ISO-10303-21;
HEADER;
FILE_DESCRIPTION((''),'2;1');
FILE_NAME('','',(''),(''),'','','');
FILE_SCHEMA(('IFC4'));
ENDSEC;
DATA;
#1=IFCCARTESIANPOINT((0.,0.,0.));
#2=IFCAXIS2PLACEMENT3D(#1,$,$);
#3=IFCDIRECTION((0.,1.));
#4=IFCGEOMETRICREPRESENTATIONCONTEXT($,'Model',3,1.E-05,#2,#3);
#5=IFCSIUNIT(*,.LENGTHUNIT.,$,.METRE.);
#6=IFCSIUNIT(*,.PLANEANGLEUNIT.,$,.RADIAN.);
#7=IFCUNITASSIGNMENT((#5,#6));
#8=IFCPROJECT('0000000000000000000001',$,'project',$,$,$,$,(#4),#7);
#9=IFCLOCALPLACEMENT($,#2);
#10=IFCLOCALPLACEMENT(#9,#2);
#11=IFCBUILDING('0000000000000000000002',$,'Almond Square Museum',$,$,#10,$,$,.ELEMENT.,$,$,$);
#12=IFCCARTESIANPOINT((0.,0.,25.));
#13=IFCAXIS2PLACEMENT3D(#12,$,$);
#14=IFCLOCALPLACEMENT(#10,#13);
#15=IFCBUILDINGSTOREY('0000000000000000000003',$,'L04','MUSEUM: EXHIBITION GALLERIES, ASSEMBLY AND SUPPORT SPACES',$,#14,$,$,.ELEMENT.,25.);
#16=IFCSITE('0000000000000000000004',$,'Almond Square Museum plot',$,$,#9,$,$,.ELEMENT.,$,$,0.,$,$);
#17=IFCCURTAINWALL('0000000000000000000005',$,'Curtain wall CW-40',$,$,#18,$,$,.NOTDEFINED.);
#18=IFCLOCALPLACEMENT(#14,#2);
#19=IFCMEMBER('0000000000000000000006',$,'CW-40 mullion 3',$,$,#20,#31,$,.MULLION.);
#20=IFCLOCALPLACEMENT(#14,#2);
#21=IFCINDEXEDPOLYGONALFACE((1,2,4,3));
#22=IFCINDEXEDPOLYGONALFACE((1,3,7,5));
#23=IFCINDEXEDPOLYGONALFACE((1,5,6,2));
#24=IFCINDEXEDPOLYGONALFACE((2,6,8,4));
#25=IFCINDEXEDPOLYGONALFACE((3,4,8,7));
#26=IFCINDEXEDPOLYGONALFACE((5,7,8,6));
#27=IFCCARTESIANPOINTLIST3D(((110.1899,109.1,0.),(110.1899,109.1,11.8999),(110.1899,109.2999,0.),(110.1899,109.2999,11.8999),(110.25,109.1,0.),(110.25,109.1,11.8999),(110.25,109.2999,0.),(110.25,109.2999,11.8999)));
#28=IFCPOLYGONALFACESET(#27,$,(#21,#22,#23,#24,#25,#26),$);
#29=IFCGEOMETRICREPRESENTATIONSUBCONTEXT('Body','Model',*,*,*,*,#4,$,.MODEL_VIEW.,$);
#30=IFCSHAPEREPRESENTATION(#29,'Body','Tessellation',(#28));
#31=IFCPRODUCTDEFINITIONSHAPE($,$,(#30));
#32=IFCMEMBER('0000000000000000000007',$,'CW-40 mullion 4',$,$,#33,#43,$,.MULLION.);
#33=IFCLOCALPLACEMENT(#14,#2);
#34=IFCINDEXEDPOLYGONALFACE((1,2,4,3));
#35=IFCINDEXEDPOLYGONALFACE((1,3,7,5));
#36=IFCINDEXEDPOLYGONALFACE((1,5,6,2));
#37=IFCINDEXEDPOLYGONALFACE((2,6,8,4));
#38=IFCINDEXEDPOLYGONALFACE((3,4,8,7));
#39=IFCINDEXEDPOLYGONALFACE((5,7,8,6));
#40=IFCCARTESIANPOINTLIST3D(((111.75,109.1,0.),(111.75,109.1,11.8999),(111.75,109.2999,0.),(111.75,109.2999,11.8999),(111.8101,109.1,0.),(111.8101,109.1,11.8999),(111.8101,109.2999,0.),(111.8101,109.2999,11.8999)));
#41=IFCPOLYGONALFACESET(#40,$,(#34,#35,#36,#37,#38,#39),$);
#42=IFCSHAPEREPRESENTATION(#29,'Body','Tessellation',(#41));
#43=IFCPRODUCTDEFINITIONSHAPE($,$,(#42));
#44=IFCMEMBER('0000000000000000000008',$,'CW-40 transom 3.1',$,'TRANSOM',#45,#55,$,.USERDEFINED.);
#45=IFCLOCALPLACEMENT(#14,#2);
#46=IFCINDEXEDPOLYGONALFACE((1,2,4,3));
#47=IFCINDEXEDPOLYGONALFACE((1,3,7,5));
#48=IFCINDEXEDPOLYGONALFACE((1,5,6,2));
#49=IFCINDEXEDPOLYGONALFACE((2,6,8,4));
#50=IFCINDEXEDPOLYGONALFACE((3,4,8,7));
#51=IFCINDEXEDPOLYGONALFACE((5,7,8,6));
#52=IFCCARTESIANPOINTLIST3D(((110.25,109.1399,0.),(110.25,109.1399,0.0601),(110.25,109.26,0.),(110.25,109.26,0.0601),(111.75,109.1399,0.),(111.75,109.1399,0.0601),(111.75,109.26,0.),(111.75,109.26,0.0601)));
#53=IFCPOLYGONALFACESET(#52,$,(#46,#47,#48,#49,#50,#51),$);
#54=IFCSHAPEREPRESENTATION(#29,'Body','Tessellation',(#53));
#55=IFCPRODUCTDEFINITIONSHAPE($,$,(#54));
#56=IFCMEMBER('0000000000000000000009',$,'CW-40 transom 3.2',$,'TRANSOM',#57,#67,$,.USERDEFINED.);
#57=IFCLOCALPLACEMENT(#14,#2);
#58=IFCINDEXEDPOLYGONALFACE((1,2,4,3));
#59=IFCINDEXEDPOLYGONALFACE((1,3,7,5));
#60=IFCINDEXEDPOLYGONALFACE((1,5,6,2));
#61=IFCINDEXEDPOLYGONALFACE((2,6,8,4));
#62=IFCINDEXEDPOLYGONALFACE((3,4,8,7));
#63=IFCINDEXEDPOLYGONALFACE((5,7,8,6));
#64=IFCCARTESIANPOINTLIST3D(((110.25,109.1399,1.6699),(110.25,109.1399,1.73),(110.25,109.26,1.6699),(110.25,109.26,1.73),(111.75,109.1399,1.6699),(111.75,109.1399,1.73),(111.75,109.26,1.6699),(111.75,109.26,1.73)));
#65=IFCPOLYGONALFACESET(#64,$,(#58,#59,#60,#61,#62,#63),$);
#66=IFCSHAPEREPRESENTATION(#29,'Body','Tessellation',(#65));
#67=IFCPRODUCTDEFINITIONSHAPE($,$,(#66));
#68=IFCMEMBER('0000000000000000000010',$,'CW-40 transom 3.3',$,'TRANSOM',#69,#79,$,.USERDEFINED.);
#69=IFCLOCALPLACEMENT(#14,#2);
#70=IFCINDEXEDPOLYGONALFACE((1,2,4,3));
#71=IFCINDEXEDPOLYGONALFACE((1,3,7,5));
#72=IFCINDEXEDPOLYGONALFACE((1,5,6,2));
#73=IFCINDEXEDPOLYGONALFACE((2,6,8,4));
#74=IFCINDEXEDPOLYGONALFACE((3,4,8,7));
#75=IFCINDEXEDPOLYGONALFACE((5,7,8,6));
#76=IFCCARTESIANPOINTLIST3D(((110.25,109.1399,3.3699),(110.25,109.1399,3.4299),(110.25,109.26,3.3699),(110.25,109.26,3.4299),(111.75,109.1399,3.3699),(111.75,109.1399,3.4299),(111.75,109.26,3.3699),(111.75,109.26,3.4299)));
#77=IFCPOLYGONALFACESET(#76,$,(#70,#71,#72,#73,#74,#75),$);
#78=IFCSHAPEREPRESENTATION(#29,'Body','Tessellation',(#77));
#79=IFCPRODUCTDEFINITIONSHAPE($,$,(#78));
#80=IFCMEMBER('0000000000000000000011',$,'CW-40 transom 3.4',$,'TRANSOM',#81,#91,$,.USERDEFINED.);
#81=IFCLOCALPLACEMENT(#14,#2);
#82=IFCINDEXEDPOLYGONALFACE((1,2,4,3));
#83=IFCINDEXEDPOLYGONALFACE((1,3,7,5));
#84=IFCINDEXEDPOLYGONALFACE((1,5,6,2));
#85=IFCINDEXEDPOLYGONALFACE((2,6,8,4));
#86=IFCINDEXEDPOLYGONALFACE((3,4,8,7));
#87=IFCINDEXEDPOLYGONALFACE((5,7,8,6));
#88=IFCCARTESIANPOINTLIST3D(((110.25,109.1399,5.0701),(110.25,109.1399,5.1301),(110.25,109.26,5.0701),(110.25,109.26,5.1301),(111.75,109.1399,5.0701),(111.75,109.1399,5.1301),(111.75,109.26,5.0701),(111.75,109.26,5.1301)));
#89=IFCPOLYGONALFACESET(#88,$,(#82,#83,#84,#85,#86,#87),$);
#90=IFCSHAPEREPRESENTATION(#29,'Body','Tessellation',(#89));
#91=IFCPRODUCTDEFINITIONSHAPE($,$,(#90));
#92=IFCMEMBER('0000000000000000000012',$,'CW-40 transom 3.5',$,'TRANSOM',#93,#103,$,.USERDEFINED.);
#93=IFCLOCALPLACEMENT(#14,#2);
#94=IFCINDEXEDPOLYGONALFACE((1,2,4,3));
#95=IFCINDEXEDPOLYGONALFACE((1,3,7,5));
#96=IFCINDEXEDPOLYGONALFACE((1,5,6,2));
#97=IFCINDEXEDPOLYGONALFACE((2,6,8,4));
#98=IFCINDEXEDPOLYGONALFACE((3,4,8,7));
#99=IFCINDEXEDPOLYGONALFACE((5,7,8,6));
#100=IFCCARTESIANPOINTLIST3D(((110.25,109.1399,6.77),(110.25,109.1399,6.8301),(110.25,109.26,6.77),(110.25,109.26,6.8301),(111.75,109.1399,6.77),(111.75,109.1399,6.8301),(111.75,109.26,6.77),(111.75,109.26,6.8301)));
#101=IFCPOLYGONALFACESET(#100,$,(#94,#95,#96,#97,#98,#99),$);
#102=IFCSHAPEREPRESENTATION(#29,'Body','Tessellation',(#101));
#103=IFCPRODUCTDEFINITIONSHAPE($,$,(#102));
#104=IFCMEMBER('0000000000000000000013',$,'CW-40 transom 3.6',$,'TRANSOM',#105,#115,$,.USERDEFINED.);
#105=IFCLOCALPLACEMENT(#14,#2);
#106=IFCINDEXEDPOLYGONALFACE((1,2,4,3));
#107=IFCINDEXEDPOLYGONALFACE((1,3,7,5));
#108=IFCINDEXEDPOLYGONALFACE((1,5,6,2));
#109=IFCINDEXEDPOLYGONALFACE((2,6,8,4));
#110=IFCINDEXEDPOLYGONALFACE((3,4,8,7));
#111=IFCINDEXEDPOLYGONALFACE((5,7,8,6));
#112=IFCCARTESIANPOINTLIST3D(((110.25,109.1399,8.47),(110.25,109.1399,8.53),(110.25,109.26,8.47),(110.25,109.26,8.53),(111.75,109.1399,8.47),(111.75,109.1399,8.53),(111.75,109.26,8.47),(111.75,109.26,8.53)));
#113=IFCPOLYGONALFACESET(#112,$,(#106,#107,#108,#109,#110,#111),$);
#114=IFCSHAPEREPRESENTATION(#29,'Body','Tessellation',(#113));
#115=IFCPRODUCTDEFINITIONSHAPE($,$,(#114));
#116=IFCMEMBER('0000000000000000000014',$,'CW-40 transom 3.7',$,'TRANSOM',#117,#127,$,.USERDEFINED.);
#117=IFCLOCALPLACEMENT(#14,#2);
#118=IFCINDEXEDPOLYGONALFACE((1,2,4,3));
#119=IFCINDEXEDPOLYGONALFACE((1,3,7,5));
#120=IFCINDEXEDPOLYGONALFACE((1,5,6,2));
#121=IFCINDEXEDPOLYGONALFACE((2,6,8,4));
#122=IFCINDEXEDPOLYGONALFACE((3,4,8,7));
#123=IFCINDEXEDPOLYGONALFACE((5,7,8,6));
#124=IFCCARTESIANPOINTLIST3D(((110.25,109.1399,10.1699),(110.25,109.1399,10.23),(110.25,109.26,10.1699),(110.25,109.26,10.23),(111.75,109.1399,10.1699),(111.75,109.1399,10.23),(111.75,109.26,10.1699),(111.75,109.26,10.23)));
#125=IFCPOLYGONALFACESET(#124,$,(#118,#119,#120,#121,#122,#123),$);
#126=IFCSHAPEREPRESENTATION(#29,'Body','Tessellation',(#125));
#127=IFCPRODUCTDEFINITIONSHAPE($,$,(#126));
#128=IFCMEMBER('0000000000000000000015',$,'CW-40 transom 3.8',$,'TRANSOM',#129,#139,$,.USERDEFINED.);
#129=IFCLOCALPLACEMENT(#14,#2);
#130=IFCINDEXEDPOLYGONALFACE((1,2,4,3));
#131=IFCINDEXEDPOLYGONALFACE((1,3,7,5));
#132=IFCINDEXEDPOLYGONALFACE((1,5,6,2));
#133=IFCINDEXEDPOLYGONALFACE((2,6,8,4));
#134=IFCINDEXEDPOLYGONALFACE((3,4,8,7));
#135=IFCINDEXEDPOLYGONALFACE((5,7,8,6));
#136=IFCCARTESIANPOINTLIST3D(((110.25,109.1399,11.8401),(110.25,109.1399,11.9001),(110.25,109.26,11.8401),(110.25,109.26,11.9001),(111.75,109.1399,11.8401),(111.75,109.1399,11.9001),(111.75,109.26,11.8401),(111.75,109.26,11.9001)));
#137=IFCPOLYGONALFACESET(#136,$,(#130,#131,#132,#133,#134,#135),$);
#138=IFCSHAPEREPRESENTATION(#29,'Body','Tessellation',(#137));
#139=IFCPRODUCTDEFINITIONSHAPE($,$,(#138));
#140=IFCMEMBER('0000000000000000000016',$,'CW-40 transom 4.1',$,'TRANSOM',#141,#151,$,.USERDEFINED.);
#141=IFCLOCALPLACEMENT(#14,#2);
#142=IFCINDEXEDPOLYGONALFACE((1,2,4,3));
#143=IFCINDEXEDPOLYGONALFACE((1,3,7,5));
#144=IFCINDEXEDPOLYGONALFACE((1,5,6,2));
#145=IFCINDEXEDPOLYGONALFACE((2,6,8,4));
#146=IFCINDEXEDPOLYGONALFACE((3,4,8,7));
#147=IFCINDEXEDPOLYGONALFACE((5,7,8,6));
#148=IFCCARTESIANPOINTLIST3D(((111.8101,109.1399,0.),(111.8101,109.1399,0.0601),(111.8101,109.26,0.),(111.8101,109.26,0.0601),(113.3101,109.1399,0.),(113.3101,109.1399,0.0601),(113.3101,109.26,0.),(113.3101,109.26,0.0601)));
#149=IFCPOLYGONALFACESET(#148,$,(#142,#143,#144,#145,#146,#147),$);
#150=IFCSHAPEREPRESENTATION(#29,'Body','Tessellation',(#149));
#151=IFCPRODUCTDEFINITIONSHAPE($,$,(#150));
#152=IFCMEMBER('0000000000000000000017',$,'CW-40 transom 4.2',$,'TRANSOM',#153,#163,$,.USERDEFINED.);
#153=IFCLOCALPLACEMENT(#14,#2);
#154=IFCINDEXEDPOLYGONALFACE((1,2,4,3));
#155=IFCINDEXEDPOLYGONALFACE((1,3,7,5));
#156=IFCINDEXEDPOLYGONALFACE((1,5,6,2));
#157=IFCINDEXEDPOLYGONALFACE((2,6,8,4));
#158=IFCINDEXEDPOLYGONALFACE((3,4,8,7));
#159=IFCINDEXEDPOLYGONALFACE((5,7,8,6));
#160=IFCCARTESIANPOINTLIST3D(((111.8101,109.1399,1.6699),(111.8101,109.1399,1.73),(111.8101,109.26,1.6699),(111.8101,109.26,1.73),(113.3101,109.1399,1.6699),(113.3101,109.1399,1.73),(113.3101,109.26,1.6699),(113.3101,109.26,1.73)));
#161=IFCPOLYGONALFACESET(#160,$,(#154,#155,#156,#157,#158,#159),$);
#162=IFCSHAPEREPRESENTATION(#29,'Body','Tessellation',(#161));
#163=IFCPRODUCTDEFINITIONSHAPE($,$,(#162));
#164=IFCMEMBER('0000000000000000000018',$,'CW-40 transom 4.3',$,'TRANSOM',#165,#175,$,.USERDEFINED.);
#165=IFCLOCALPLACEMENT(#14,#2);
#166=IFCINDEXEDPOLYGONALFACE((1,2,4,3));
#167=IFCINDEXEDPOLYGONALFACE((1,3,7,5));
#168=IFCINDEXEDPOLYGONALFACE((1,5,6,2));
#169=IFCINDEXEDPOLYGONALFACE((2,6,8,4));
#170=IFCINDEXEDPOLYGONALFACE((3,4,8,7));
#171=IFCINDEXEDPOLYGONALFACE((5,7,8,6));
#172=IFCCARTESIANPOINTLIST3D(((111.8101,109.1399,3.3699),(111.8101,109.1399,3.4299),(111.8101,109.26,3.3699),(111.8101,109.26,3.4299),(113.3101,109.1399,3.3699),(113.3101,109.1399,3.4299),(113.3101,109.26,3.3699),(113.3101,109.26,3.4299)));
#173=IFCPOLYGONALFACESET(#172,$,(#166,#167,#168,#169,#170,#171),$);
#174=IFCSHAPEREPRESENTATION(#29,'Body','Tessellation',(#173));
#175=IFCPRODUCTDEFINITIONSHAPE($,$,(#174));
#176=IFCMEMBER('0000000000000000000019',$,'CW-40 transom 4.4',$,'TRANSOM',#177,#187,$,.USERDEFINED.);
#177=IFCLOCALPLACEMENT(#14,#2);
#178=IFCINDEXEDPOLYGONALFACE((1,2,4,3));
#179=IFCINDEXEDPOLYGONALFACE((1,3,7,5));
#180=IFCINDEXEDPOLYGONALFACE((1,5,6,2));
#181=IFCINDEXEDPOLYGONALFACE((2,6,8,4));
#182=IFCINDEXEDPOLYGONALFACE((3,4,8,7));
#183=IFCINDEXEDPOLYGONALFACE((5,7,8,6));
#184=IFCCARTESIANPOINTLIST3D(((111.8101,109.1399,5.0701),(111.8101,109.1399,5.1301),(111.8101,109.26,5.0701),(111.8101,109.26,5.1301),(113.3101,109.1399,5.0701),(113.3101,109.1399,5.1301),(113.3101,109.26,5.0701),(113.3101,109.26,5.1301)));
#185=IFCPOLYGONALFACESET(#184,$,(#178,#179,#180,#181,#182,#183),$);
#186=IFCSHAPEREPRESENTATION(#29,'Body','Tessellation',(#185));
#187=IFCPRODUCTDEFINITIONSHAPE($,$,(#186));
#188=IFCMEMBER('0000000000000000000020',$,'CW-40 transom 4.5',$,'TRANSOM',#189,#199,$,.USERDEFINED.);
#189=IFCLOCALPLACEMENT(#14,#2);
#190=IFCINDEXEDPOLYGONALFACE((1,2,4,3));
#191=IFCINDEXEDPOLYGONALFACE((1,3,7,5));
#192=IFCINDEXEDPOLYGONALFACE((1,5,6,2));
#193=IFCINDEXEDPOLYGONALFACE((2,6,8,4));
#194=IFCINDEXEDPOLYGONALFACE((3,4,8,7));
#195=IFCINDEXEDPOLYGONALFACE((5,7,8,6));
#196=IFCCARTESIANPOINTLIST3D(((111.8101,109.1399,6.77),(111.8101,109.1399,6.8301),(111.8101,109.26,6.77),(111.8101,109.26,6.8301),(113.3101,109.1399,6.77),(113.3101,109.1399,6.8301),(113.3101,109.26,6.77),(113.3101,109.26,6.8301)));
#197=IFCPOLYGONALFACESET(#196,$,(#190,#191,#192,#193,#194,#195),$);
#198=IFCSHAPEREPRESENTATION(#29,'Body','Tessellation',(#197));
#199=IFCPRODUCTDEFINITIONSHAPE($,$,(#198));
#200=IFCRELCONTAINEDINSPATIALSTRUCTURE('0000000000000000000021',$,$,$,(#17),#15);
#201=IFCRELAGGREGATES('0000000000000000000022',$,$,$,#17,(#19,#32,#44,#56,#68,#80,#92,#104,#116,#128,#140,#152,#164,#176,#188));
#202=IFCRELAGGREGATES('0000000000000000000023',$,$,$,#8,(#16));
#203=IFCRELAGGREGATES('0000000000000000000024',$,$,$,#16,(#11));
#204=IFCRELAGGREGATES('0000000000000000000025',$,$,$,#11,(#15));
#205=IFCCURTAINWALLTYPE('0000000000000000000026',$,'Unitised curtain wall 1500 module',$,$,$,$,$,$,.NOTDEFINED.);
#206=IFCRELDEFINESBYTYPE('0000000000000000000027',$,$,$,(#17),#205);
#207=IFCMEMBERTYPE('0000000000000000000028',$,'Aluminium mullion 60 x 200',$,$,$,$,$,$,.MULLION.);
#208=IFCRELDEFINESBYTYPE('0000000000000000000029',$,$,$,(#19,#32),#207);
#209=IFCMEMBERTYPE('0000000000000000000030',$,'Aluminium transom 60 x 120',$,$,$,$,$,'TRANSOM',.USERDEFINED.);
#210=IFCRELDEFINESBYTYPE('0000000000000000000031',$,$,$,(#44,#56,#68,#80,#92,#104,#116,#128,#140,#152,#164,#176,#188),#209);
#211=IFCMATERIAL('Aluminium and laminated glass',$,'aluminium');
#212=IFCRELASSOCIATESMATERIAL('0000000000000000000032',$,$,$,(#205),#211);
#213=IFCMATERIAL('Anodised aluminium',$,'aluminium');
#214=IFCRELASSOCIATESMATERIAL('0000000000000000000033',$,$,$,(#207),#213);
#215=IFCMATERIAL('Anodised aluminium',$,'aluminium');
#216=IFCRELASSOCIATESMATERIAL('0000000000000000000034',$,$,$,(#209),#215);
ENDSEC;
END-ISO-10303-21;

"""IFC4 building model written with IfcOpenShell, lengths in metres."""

from ifc_helpers import new_model, si_unit, direction, frame, origin, origin_2d, place, context, subcontext, project, spatial, rectangle, extrude, material, material_profile, profile_set, type_object, element, aggregate, save


model = new_model("IFC4")

# Units and contexts
model_context = context("Model", 3, precision=1e-05, world=origin(), true_north=direction((0.0, 1.0)))
body_context = subcontext(model_context, "Body", "Model", "MODEL_VIEW")
ifc_project = project(units=[si_unit("LENGTHUNIT", "METRE"), si_unit("PLANEANGLEUNIT", "RADIAN")], contexts=[model_context])

# Site, building, storey
site_placement = place(None, origin())
site = spatial("IfcSite", under=ifc_project, at=site_placement, Name="Almond Square Museum plot", CompositionType="ELEMENT", RefElevation=0.0)
building_placement = place(site_placement, origin())
building = spatial("IfcBuilding", under=site, at=building_placement, Name="Almond Square Museum", CompositionType="ELEMENT")
storey_placement = place(building_placement, frame((0.0, 0.0, 25.0)))
storey = spatial("IfcBuildingStorey", under=building, at=storey_placement, Name="L04", Description="MUSEUM: EXHIBITION GALLERIES, ASSEMBLY AND SUPPORT SPACES", CompositionType="ELEMENT", Elevation=25.0)

# Curtain wall, members
ifc_material_1 = material(Name="Aluminium and laminated glass", Category="aluminium")
curtain_wall_type = type_object("IfcCurtainWallType", Name="Unitised curtain wall 1500 module", PredefinedType="NOTDEFINED", material=ifc_material_1)
curtain_wall_placement = place(storey_placement, origin())
curtain_wall = element("IfcCurtainWall", 1, at=curtain_wall_placement, inside=storey, type_object=curtain_wall_type, Name="Curtain wall CW-40", PredefinedType="NOTDEFINED")
ifc_material_2 = material(Name="Anodised aluminium", Category="aluminium")
ifc_material_profile_1 = material_profile(ifc_material_2, rectangle(XDim=0.2, YDim=0.0601, at=origin_2d()))
ifc_profile_set_1 = profile_set([ifc_material_profile_1], Name="Anodised aluminium")
member_type_1 = type_object("IfcMemberType", Name="Aluminium mullion 60 x 200", PredefinedType="MULLION", material=ifc_profile_set_1)
member_1_placement = place(storey_placement, frame((110.22, 109.2, 0.0), z_axis=(0.0, 0.0, 1.0), x_axis=(0.0, 1.0, 0.0)))
member_1 = element("IfcMember", 2, at=member_1_placement, type_object=member_type_1, Name="CW-40 mullion 3", PredefinedType="MULLION", context=body_context, shape_type="SweptSolid", body=[
    extrude(rectangle(XDim=0.2, YDim=0.0601, at=origin_2d()), origin(), (0.0, 0.0, 1.0), 11.8999),
])
member_2_placement = place(storey_placement, frame((111.78, 109.2, 0.0), z_axis=(0.0, 0.0, 1.0), x_axis=(0.0, 1.0, 0.0)))
member_2 = element("IfcMember", 3, at=member_2_placement, type_object=member_type_1, Name="CW-40 mullion 4", PredefinedType="MULLION", context=body_context, shape_type="SweptSolid", body=[
    extrude(rectangle(XDim=0.2, YDim=0.0601, at=origin_2d()), origin(), (0.0, 0.0, 1.0), 11.8999),
])
ifc_material_3 = material(Name="Anodised aluminium", Category="aluminium")
ifc_material_profile_2 = material_profile(ifc_material_3, rectangle(XDim=0.1201, YDim=0.0601, at=origin_2d()))
ifc_profile_set_2 = profile_set([ifc_material_profile_2], Name="Anodised aluminium")
member_type_2 = type_object("IfcMemberType", Name="Aluminium transom 60 x 120", ElementType="TRANSOM", PredefinedType="USERDEFINED", material=ifc_profile_set_2)
member_3_placement = place(storey_placement, frame((110.25, 109.2, 0.03), z_axis=(1.0, 0.0, 0.0), x_axis=(0.0, 1.0, 0.0)))
member_3 = element("IfcMember", 4, at=member_3_placement, type_object=member_type_2, Name="CW-40 transom 3.1", ObjectType="TRANSOM", PredefinedType="USERDEFINED", context=body_context, shape_type="SweptSolid", body=[
    extrude(rectangle(XDim=0.1201, YDim=0.0601, at=origin_2d()), origin(), (0.0, 0.0, 1.0), 1.5),
])
member_4_placement = place(storey_placement, frame((110.25, 109.2, 1.7), z_axis=(1.0, 0.0, 0.0), x_axis=(0.0, 1.0, 0.0)))
member_4 = element("IfcMember", 5, at=member_4_placement, type_object=member_type_2, Name="CW-40 transom 3.2", ObjectType="TRANSOM", PredefinedType="USERDEFINED", context=body_context, shape_type="SweptSolid", body=[
    extrude(rectangle(XDim=0.1201, YDim=0.0601, at=origin_2d()), origin(), (0.0, 0.0, 1.0), 1.5),
])
member_5_placement = place(storey_placement, frame((110.25, 109.2, 3.3999), z_axis=(1.0, 0.0, 0.0), x_axis=(0.0, 1.0, 0.0)))
member_5 = element("IfcMember", 6, at=member_5_placement, type_object=member_type_2, Name="CW-40 transom 3.3", ObjectType="TRANSOM", PredefinedType="USERDEFINED", context=body_context, shape_type="SweptSolid", body=[
    extrude(rectangle(XDim=0.1201, YDim=0.0601, at=origin_2d()), origin(), (0.0, 0.0, 1.0), 1.5),
])
member_6_placement = place(storey_placement, frame((110.25, 109.2, 5.1001), z_axis=(1.0, 0.0, 0.0), x_axis=(0.0, 1.0, 0.0)))
member_6 = element("IfcMember", 7, at=member_6_placement, type_object=member_type_2, Name="CW-40 transom 3.4", ObjectType="TRANSOM", PredefinedType="USERDEFINED", context=body_context, shape_type="SweptSolid", body=[
    extrude(rectangle(XDim=0.1201, YDim=0.0601, at=origin_2d()), origin(), (0.0, 0.0, 1.0), 1.5),
])
member_7_placement = place(storey_placement, frame((110.25, 109.2, 6.8), z_axis=(1.0, 0.0, 0.0), x_axis=(0.0, 1.0, 0.0)))
member_7 = element("IfcMember", 8, at=member_7_placement, type_object=member_type_2, Name="CW-40 transom 3.5", ObjectType="TRANSOM", PredefinedType="USERDEFINED", context=body_context, shape_type="SweptSolid", body=[
    extrude(rectangle(XDim=0.1201, YDim=0.0601, at=origin_2d()), origin(), (0.0, 0.0, 1.0), 1.5),
])
member_8_placement = place(storey_placement, frame((110.25, 109.2, 8.5), z_axis=(1.0, 0.0, 0.0), x_axis=(0.0, 1.0, 0.0)))
member_8 = element("IfcMember", 9, at=member_8_placement, type_object=member_type_2, Name="CW-40 transom 3.6", ObjectType="TRANSOM", PredefinedType="USERDEFINED", context=body_context, shape_type="SweptSolid", body=[
    extrude(rectangle(XDim=0.1201, YDim=0.0601, at=origin_2d()), origin(), (0.0, 0.0, 1.0), 1.5),
])
member_9_placement = place(storey_placement, frame((110.25, 109.2, 10.2), z_axis=(1.0, 0.0, 0.0), x_axis=(0.0, 1.0, 0.0)))
member_9 = element("IfcMember", 10, at=member_9_placement, type_object=member_type_2, Name="CW-40 transom 3.7", ObjectType="TRANSOM", PredefinedType="USERDEFINED", context=body_context, shape_type="SweptSolid", body=[
    extrude(rectangle(XDim=0.1201, YDim=0.0601, at=origin_2d()), origin(), (0.0, 0.0, 1.0), 1.5),
])
member_10_placement = place(storey_placement, frame((110.25, 109.2, 11.8701), z_axis=(1.0, 0.0, 0.0), x_axis=(0.0, 1.0, 0.0)))
member_10 = element("IfcMember", 11, at=member_10_placement, type_object=member_type_2, Name="CW-40 transom 3.8", ObjectType="TRANSOM", PredefinedType="USERDEFINED", context=body_context, shape_type="SweptSolid", body=[
    extrude(rectangle(XDim=0.1201, YDim=0.0601, at=origin_2d()), origin(), (0.0, 0.0, 1.0), 1.5),
])
member_11_placement = place(storey_placement, frame((111.8101, 109.2, 0.03), z_axis=(1.0, 0.0, 0.0), x_axis=(0.0, 1.0, 0.0)))
member_11 = element("IfcMember", 12, at=member_11_placement, type_object=member_type_2, Name="CW-40 transom 4.1", ObjectType="TRANSOM", PredefinedType="USERDEFINED", context=body_context, shape_type="SweptSolid", body=[
    extrude(rectangle(XDim=0.1201, YDim=0.0601, at=origin_2d()), origin(), (0.0, 0.0, 1.0), 1.5),
])
member_12_placement = place(storey_placement, frame((111.8101, 109.2, 1.7), z_axis=(1.0, 0.0, 0.0), x_axis=(0.0, 1.0, 0.0)))
member_12 = element("IfcMember", 13, at=member_12_placement, type_object=member_type_2, Name="CW-40 transom 4.2", ObjectType="TRANSOM", PredefinedType="USERDEFINED", context=body_context, shape_type="SweptSolid", body=[
    extrude(rectangle(XDim=0.1201, YDim=0.0601, at=origin_2d()), origin(), (0.0, 0.0, 1.0), 1.5),
])
member_13_placement = place(storey_placement, frame((111.8101, 109.2, 3.3999), z_axis=(1.0, 0.0, 0.0), x_axis=(0.0, 1.0, 0.0)))
member_13 = element("IfcMember", 14, at=member_13_placement, type_object=member_type_2, Name="CW-40 transom 4.3", ObjectType="TRANSOM", PredefinedType="USERDEFINED", context=body_context, shape_type="SweptSolid", body=[
    extrude(rectangle(XDim=0.1201, YDim=0.0601, at=origin_2d()), origin(), (0.0, 0.0, 1.0), 1.5),
])
member_14_placement = place(storey_placement, frame((111.8101, 109.2, 5.1001), z_axis=(1.0, 0.0, 0.0), x_axis=(0.0, 1.0, 0.0)))
member_14 = element("IfcMember", 15, at=member_14_placement, type_object=member_type_2, Name="CW-40 transom 4.4", ObjectType="TRANSOM", PredefinedType="USERDEFINED", context=body_context, shape_type="SweptSolid", body=[
    extrude(rectangle(XDim=0.1201, YDim=0.0601, at=origin_2d()), origin(), (0.0, 0.0, 1.0), 1.5),
])
member_15_placement = place(storey_placement, frame((111.8101, 109.2, 6.8), z_axis=(1.0, 0.0, 0.0), x_axis=(0.0, 1.0, 0.0)))
member_15 = element("IfcMember", 16, at=member_15_placement, type_object=member_type_2, Name="CW-40 transom 4.5", ObjectType="TRANSOM", PredefinedType="USERDEFINED", context=body_context, shape_type="SweptSolid", body=[
    extrude(rectangle(XDim=0.1201, YDim=0.0601, at=origin_2d()), origin(), (0.0, 0.0, 1.0), 1.5),
])

aggregate(curtain_wall, [member_1, member_2, member_3, member_4, member_5, member_6, member_7, member_8, member_9, member_10, member_11, member_12, member_13, member_14, member_15])

save(model, "model.ifc")
